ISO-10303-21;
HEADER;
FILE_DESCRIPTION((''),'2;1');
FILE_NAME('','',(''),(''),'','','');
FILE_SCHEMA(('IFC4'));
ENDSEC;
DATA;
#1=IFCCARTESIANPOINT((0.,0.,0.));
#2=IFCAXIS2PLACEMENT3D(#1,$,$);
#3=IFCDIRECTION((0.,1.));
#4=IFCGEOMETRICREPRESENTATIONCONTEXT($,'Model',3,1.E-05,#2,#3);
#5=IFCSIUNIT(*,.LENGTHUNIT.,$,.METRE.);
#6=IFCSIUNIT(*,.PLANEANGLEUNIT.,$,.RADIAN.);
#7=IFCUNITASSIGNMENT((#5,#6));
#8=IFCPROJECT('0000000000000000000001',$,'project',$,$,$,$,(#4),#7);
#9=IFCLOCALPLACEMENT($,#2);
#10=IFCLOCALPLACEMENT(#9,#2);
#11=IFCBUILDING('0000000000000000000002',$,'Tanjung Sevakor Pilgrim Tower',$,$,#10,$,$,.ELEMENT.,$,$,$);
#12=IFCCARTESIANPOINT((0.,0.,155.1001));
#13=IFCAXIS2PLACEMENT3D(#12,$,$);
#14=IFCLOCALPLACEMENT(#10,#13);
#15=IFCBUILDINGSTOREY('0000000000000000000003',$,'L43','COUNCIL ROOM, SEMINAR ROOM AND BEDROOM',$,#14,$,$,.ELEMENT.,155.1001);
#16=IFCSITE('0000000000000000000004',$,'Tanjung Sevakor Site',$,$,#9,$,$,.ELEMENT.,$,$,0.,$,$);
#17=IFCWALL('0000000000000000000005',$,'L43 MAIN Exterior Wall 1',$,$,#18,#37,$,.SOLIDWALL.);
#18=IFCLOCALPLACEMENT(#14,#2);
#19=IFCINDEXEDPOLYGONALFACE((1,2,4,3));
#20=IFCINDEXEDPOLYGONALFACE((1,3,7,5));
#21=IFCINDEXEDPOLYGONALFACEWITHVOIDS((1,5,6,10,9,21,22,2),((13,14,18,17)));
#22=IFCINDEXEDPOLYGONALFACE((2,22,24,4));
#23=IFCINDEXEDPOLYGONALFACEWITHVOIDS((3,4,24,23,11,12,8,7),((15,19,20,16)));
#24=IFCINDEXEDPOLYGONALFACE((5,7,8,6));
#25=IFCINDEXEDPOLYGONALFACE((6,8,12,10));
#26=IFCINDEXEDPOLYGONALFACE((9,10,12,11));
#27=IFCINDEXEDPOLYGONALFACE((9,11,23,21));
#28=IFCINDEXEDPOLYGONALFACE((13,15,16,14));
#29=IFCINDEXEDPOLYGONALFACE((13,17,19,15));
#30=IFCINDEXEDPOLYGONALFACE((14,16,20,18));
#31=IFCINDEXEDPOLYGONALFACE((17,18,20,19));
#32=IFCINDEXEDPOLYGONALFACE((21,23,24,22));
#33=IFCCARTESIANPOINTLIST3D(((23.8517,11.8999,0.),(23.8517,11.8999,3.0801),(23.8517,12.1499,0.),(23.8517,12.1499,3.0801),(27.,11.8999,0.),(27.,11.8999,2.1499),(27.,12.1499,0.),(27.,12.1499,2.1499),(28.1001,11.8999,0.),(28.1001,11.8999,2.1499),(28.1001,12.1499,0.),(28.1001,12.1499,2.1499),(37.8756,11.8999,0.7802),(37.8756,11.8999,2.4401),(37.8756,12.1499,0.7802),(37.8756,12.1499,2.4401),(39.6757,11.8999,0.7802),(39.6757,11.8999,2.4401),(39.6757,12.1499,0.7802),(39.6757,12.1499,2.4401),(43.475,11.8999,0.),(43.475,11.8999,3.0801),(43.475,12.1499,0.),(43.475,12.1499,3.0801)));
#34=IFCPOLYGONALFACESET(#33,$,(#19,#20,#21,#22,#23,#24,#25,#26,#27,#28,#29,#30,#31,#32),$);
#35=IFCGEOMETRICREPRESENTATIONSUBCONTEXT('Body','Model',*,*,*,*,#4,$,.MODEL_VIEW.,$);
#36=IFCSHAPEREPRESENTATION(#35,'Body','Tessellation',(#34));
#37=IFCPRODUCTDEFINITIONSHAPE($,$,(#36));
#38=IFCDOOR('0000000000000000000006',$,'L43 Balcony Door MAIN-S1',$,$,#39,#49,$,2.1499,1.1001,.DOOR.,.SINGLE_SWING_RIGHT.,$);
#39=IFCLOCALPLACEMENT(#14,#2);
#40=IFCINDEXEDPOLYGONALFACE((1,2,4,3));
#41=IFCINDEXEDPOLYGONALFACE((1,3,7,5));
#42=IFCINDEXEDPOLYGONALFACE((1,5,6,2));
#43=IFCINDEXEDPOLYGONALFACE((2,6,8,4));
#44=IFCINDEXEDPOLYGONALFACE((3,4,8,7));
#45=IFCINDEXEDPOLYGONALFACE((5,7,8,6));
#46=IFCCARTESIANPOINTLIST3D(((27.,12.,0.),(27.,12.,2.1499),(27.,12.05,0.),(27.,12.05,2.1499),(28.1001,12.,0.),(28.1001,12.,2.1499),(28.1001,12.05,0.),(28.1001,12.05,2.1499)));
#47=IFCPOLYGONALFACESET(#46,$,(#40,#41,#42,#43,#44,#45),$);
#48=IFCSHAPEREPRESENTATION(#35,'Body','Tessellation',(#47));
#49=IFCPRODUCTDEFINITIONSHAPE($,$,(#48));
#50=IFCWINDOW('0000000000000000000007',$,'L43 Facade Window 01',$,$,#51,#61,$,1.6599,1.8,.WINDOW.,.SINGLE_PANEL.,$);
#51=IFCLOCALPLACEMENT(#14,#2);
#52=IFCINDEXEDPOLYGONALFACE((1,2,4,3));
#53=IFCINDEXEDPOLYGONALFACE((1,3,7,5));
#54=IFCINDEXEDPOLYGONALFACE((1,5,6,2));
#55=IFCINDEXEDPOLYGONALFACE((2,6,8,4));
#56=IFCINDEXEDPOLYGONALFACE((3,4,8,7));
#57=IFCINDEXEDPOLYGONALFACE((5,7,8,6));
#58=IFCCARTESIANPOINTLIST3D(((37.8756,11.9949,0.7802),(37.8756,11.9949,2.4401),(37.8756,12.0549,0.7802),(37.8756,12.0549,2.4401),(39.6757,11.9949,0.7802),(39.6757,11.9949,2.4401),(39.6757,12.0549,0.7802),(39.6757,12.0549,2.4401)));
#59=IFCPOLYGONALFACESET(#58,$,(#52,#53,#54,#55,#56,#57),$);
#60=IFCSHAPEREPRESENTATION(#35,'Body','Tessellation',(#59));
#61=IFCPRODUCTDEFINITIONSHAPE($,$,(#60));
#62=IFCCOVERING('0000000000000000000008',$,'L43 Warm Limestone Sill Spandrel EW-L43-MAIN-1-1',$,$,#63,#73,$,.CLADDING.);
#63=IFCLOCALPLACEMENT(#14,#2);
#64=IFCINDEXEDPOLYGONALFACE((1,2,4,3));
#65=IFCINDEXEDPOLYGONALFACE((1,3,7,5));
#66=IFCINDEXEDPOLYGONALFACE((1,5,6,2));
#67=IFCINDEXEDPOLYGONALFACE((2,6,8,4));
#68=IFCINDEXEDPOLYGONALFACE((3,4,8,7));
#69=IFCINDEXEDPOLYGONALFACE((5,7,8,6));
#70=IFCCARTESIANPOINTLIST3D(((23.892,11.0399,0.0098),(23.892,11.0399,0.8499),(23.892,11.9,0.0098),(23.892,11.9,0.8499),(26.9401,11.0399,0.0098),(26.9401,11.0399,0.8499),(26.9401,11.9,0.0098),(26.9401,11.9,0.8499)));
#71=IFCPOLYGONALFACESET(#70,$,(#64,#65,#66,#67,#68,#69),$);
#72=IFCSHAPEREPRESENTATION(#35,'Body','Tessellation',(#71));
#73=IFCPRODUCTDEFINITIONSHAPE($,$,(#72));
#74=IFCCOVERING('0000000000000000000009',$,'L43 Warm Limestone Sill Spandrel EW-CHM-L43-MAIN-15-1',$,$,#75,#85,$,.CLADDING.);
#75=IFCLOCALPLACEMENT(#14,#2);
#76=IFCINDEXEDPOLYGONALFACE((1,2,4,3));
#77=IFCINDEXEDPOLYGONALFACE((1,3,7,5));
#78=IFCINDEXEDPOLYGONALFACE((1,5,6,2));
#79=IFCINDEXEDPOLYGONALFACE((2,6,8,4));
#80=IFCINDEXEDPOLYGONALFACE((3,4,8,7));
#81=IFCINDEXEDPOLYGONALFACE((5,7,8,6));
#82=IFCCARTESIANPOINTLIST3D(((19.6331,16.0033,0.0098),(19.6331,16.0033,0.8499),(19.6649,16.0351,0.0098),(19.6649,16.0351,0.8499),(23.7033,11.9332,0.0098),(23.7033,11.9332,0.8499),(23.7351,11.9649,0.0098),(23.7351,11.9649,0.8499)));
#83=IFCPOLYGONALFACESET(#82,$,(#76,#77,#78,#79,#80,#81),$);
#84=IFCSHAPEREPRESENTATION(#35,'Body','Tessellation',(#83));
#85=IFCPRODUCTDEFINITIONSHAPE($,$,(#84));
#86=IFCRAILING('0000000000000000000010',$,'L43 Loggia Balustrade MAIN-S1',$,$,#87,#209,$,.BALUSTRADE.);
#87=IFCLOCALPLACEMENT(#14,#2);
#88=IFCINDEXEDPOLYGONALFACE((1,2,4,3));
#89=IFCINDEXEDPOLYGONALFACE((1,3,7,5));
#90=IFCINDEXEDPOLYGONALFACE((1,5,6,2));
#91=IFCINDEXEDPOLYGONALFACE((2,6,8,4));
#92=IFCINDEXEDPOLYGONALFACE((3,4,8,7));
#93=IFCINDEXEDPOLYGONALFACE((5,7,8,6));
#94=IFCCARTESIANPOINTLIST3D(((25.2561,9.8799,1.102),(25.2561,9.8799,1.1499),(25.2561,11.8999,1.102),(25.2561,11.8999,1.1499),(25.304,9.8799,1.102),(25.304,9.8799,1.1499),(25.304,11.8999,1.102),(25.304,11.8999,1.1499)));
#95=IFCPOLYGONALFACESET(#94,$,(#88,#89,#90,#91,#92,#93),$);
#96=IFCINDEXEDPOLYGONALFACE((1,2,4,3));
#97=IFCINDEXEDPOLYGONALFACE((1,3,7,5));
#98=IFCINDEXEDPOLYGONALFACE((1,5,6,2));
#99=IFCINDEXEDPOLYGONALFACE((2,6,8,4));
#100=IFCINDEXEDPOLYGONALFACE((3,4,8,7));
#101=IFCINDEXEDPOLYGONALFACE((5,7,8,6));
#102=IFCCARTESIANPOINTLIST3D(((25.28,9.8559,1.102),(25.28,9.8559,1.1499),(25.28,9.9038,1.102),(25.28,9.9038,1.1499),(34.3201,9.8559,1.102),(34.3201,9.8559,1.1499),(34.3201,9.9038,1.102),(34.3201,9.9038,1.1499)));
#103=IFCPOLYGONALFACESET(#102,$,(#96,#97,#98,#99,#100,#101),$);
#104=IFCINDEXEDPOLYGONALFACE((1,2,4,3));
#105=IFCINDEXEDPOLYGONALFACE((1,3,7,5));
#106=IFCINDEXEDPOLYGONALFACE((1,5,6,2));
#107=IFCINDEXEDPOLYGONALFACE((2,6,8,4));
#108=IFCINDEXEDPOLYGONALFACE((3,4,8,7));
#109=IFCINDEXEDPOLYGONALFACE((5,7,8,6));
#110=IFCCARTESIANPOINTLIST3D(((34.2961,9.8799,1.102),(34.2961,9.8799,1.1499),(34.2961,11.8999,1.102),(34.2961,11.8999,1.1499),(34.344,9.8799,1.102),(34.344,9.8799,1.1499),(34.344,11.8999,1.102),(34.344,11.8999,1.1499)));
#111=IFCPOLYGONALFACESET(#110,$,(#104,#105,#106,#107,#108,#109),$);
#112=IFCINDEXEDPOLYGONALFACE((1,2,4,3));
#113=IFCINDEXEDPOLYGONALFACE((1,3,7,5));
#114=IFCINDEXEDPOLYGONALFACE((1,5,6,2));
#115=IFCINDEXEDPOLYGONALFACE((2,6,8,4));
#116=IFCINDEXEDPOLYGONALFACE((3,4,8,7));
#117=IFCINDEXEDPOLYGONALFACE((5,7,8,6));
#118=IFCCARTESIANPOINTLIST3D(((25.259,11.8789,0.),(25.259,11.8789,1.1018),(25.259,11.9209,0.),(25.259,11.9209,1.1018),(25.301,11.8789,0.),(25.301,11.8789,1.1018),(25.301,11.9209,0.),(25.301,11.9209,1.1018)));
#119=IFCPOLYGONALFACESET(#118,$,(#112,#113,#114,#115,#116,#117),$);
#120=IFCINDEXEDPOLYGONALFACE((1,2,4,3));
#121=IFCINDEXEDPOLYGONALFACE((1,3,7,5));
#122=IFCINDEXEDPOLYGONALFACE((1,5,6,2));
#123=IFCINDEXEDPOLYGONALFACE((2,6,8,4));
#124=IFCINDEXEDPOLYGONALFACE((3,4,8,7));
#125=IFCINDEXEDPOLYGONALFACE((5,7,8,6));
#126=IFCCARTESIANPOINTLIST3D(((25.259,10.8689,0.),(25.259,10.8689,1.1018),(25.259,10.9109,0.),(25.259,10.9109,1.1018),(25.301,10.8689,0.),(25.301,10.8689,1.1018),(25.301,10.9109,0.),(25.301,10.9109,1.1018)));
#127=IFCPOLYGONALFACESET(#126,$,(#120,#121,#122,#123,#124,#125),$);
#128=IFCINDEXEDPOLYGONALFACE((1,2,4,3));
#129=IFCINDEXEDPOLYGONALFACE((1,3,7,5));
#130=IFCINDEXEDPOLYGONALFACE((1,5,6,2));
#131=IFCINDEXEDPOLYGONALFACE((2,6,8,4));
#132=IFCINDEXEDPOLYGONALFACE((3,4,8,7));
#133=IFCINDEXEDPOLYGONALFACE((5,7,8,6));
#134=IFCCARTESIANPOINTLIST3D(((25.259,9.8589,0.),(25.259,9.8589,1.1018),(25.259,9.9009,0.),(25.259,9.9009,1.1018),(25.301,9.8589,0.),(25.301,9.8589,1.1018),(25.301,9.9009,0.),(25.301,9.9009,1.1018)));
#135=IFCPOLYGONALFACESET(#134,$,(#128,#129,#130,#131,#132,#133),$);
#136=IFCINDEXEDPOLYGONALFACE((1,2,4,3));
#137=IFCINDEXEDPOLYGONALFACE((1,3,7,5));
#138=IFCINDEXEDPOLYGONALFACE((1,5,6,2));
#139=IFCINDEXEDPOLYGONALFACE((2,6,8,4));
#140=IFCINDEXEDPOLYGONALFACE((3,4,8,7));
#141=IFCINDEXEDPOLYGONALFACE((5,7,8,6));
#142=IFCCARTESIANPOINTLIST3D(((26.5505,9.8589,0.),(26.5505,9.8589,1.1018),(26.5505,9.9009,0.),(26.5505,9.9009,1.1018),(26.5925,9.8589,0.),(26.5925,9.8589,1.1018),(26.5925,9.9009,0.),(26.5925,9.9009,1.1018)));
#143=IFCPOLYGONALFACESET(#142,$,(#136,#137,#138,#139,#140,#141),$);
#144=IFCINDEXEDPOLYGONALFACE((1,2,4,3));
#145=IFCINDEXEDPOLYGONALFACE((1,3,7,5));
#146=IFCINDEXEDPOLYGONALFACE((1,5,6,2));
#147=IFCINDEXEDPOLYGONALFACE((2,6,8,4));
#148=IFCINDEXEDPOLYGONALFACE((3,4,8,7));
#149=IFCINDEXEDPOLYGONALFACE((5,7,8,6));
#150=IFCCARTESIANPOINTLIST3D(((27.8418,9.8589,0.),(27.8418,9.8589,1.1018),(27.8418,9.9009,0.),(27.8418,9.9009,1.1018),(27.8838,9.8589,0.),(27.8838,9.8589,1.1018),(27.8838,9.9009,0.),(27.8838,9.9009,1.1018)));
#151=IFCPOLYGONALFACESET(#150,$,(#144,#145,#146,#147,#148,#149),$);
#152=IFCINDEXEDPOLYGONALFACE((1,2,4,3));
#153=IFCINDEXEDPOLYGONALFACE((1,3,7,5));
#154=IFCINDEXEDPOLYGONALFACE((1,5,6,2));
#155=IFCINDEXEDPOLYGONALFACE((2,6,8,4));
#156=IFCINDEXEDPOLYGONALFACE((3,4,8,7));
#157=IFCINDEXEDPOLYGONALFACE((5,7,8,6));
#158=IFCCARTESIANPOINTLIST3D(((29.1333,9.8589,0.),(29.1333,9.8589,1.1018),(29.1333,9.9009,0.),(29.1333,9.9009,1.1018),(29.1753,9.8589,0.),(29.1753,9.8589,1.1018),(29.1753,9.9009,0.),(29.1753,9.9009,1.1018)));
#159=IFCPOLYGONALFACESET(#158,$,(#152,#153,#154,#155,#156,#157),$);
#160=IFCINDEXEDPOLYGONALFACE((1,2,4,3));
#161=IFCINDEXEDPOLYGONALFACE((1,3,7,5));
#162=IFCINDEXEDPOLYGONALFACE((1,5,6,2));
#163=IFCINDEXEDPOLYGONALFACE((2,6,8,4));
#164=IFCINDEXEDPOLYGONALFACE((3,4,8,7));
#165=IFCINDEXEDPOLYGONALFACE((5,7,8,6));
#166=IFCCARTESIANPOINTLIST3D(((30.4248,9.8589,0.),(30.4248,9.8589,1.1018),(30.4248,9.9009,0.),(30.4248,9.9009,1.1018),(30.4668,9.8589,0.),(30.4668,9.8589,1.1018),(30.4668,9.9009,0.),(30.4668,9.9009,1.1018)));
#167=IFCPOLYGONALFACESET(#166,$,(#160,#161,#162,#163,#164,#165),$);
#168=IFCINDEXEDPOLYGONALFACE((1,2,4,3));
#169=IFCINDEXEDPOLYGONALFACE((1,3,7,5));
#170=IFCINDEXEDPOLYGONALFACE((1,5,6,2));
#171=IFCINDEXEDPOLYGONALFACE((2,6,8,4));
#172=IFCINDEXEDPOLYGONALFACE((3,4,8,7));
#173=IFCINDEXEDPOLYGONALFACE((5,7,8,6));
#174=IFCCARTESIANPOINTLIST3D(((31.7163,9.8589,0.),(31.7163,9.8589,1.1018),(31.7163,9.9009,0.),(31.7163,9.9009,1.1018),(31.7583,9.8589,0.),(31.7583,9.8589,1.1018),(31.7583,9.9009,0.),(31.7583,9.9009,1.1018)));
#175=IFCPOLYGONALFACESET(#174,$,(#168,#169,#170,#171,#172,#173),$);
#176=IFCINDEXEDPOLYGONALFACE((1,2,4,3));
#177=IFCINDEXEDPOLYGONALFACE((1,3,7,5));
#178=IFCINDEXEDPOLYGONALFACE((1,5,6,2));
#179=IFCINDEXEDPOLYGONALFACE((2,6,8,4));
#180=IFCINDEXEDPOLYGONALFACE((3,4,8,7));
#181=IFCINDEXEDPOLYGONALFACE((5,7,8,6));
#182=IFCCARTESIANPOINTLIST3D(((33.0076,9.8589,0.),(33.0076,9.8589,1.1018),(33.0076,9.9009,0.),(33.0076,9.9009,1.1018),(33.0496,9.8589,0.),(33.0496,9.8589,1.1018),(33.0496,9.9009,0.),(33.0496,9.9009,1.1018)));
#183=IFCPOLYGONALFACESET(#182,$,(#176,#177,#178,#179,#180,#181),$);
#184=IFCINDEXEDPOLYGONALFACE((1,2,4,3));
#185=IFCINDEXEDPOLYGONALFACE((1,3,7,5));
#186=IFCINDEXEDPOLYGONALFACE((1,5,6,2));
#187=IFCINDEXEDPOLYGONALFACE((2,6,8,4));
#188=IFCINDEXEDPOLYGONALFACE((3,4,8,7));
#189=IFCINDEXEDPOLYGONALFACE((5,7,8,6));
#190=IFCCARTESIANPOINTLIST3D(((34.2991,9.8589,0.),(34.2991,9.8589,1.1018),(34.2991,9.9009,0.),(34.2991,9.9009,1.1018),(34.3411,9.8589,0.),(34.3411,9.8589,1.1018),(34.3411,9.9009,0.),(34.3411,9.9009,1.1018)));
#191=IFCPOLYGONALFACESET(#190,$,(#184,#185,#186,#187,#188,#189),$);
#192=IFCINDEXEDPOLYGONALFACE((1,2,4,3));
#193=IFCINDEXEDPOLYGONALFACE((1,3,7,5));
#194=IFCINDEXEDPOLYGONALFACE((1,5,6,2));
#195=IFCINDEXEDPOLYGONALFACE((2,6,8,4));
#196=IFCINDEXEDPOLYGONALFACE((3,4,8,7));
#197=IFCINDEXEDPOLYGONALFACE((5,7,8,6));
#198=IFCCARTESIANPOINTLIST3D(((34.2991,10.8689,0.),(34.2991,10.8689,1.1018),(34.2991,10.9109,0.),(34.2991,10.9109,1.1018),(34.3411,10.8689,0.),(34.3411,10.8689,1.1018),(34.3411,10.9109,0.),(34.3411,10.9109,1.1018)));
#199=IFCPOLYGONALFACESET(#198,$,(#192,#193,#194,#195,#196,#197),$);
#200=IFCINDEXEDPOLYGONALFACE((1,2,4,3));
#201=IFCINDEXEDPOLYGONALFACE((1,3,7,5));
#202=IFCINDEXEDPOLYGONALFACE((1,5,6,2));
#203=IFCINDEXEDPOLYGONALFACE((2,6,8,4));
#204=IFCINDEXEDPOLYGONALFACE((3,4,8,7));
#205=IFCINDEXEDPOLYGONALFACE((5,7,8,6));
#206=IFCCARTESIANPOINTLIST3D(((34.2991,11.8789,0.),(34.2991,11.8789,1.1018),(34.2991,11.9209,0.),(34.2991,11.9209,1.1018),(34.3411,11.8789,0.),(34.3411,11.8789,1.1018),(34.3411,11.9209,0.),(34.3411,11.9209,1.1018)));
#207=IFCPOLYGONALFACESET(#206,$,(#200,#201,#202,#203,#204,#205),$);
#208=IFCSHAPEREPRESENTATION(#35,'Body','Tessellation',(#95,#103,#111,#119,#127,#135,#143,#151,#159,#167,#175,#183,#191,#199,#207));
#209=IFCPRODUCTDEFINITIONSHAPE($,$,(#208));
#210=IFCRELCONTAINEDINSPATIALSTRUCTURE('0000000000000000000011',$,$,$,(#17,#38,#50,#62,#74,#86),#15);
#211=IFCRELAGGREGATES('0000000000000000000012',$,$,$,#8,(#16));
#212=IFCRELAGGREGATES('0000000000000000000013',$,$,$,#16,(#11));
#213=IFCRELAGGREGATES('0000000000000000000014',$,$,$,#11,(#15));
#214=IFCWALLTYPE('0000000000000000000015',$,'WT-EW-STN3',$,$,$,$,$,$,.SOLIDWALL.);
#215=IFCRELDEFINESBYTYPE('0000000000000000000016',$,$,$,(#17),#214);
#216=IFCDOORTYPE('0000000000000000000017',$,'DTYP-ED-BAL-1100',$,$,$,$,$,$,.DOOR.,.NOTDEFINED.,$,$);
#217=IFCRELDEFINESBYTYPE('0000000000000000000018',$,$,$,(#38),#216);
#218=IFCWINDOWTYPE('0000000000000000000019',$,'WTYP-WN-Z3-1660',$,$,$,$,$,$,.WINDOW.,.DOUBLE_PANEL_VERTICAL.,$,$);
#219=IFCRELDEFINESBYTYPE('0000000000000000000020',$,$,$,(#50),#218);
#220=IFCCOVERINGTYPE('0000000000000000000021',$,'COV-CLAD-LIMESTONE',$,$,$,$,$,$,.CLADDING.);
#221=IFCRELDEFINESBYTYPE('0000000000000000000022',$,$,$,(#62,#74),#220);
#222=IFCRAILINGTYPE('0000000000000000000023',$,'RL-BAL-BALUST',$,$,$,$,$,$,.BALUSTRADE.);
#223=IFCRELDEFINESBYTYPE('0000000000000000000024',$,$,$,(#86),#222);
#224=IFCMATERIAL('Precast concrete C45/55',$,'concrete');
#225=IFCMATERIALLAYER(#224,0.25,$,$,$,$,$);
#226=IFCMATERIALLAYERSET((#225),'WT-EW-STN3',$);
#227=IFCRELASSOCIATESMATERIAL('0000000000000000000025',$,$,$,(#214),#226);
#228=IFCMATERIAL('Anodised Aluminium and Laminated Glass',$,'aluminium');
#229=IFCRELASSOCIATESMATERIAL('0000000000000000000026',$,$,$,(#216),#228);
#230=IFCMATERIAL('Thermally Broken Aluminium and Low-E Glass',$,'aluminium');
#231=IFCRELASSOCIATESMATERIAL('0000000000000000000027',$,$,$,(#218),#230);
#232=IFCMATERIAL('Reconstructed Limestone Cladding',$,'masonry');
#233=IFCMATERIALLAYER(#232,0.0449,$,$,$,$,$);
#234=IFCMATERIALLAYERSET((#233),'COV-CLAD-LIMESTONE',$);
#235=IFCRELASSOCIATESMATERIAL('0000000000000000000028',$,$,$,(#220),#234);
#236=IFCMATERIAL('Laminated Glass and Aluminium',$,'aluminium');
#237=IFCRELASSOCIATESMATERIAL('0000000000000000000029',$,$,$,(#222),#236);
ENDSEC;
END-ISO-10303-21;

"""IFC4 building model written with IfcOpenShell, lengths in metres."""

from ifc_helpers import new_model, si_unit, direction, frame, frame_2d, origin, origin_2d, place, context, subcontext, project, spatial, rectangle, extrude, material, layer, layer_set, type_object, element, fill, save


model = new_model("IFC4")

# Units and contexts
model_context = context("Model", 3, precision=1e-05, world=origin(), true_north=direction((0.0, 1.0)))
body_context = subcontext(model_context, "Body", "Model", "MODEL_VIEW")
ifc_project = project(units=[si_unit("LENGTHUNIT", "METRE"), si_unit("PLANEANGLEUNIT", "RADIAN")], contexts=[model_context])

# Site, building, storey
site_placement = place(None, origin())
site = spatial("IfcSite", under=ifc_project, at=site_placement, Name="Tanjung Sevakor Site", CompositionType="ELEMENT", RefElevation=0.0)
building_placement = place(site_placement, origin())
building = spatial("IfcBuilding", under=site, at=building_placement, Name="Tanjung Sevakor Pilgrim Tower", CompositionType="ELEMENT")
storey_placement = place(building_placement, frame((0.0, 0.0, 155.1001)))
storey = spatial("IfcBuildingStorey", under=building, at=storey_placement, Name="L43", Description="COUNCIL ROOM, SEMINAR ROOM AND BEDROOM", CompositionType="ELEMENT", Elevation=155.1001)

# Wall, openings, door, window
ifc_material_1 = material(Name="Precast concrete C45/55", Category="concrete")
ifc_layer_1 = layer(ifc_material_1, 0.25)
ifc_layer_set_1 = layer_set([ifc_layer_1], Name="WT-EW-STN3")
wall_type_1 = type_object("IfcWallType", Name="WT-EW-STN3", PredefinedType="SOLIDWALL", material=ifc_layer_set_1)
wall_1_placement = place(storey_placement, frame((23.8518, 12.0249, 0.0), z_axis=(0.0, 0.0, 1.0), x_axis=(1.0, 0.0, 0.0)))
wall_1 = element("IfcWall", 1, at=wall_1_placement, inside=storey, type_object=wall_type_1, Name="L43 MAIN Exterior Wall 1", PredefinedType="SOLIDWALL", context=body_context, shape_type="SweptSolid", body=[
    extrude(rectangle(XDim=19.6233, YDim=0.25, at=frame_2d((9.8115, 0.0))), origin(), (0.0, 0.0, 1.0), 3.0801),
])
opening_1_placement = place(wall_1_placement, frame((3.1482, 0.0, 0.0)))
opening_1 = element("IfcOpeningElement", 2, at=opening_1_placement, cuts=wall_1, PredefinedType="OPENING", context=body_context, shape_type="SweptSolid", body=[
    extrude(rectangle(XDim=1.1001, YDim=2.1499, at=frame_2d((0.55, 1.075))), frame((0.0, 0.135, 0.0), z_axis=(0.0, -1.0, 0.0), x_axis=(1.0, 0.0, 0.0)), (0.0, 0.0, 1.0), 0.27),
])
opening_2_placement = place(wall_1_placement, frame((14.0239, 0.0, 0.78)))
opening_2 = element("IfcOpeningElement", 3, at=opening_2_placement, cuts=wall_1, PredefinedType="OPENING", context=body_context, shape_type="SweptSolid", body=[
    extrude(rectangle(XDim=1.8, YDim=1.6599, at=frame_2d((0.8999, 0.8301))), frame((0.0, 0.135, 0.0), z_axis=(0.0, -1.0, 0.0), x_axis=(1.0, 0.0, 0.0)), (0.0, 0.0, 1.0), 0.27),
])
ifc_material_2 = material(Name="Anodised Aluminium and Laminated Glass", Category="aluminium")
door_type = type_object("IfcDoorType", Name="DTYP-ED-BAL-1100", OperationType="NOTDEFINED", PredefinedType="DOOR", material=ifc_material_2)
door_placement = place(opening_1_placement, frame((1.1001, 0.0, 0.0), z_axis=(0.0, 0.0, 1.0), x_axis=(-1.0, 0.0, 0.0)))
door = element("IfcDoor", 4, at=door_placement, inside=storey, type_object=door_type, Name="L43 Balcony Door MAIN-S1", OperationType="SINGLE_SWING_RIGHT", OverallHeight=2.1499, OverallWidth=1.1001, PredefinedType="DOOR", context=body_context, shape_type="SweptSolid", body=[
    extrude(rectangle(XDim=1.1001, YDim=2.1499, at=frame_2d((0.55, 1.075))), frame((0.0, 0.0249, 0.0), z_axis=(0.0, -1.0, 0.0), x_axis=(1.0, 0.0, 0.0)), (0.0, 0.0, 1.0), 0.05),
])
fill(opening_1, door)
ifc_material_3 = material(Name="Thermally Broken Aluminium and Low-E Glass", Category="aluminium")
window_type = type_object("IfcWindowType", Name="WTYP-WN-Z3-1660", PartitioningType="DOUBLE_PANEL_VERTICAL", PredefinedType="WINDOW", material=ifc_material_3)
window_placement = place(opening_2_placement, origin())
window = element("IfcWindow", 5, at=window_placement, inside=storey, type_object=window_type, Name="L43 Facade Window 01", OverallHeight=1.6599, OverallWidth=1.8, PartitioningType="SINGLE_PANEL", PredefinedType="WINDOW", context=body_context, shape_type="SweptSolid", body=[
    extrude(rectangle(XDim=1.8, YDim=1.6599, at=frame_2d((0.8999, 0.8301))), frame((0.0, 0.03, 0.0), z_axis=(0.0, -1.0, 0.0), x_axis=(1.0, 0.0, 0.0)), (0.0, 0.0, 1.0), 0.0601),
])
fill(opening_2, window)

# Coverings
ifc_material_4 = material(Name="Reconstructed Limestone Cladding", Category="masonry")
ifc_layer_2 = layer(ifc_material_4, 0.0449)
ifc_layer_set_2 = layer_set([ifc_layer_2], Name="COV-CLAD-LIMESTONE")
covering_type = type_object("IfcCoveringType", Name="COV-CLAD-LIMESTONE", PredefinedType="CLADDING", material=ifc_layer_set_2)
covering_1_placement = place(storey_placement, frame((25.416, 11.47, 0.0098), z_axis=(0.0, 0.0, 1.0), x_axis=(1.0, 0.0, 0.0)))
element("IfcCovering", 6, at=covering_1_placement, inside=storey, type_object=covering_type, Name="L43 Warm Limestone Sill Spandrel EW-L43-MAIN-1-1", PredefinedType="CLADDING", context=body_context, shape_type="SweptSolid", body=[
    extrude(rectangle(XDim=3.0481, YDim=0.8601, at=origin_2d()), origin(), (0.0, 0.0, 1.0), 0.8401),
])
covering_2_placement = place(storey_placement, frame((21.6841, 13.9841, 0.0098), z_axis=(0.0, 0.0, 1.0), x_axis=(0.707107, -0.707107, 0.0)))
element("IfcCovering", 7, at=covering_2_placement, inside=storey, type_object=covering_type, Name="L43 Warm Limestone Sill Spandrel EW-CHM-L43-MAIN-15-1", PredefinedType="CLADDING", context=body_context, shape_type="SweptSolid", body=[
    extrude(rectangle(XDim=5.7561, YDim=0.0449, at=origin_2d()), origin(), (0.0, 0.0, 1.0), 0.8401),
])

# Railing
ifc_material_5 = material(Name="Laminated Glass and Aluminium", Category="aluminium")
railing_type = type_object("IfcRailingType", Name="RL-BAL-BALUST", PredefinedType="BALUSTRADE", material=ifc_material_5)
railing_placement = place(storey_placement, frame((25.28, 11.8999, 0.0)))
element("IfcRailing", 8, at=railing_placement, inside=storey, type_object=railing_type, Name="L43 Loggia Balustrade MAIN-S1", PredefinedType="BALUSTRADE", context=body_context, shape_type="SweptSolid", body=[
    extrude(rectangle(XDim=0.0479, YDim=0.0479), frame((0.0, 0.0, 1.126), z_axis=(0.0, -1.0, 0.0), x_axis=(1.0, 0.0, 0.0)), (0.0, 0.0, 1.0), 2.02),
    extrude(rectangle(XDim=0.0479, YDim=0.0479), frame((0.0, -2.02, 1.126), z_axis=(1.0, 0.0, 0.0), x_axis=(0.0, 1.0, 0.0)), (0.0, 0.0, 1.0), 9.04),
    extrude(rectangle(XDim=0.0479, YDim=0.0479), frame((9.04, -2.02, 1.126), z_axis=(0.0, 1.0, 0.0), x_axis=(-1.0, 0.0, 0.0)), (0.0, 0.0, 1.0), 2.02),
    extrude(rectangle(XDim=0.042, YDim=0.042), origin(), (0.0, 0.0, 1.0), 1.1018),
    extrude(rectangle(XDim=0.042, YDim=0.042), frame((0.0, -1.01, 0.0)), (0.0, 0.0, 1.0), 1.1018),
    extrude(rectangle(XDim=0.042, YDim=0.042), frame((0.0, -2.02, 0.0)), (0.0, 0.0, 1.0), 1.1018),
    extrude(rectangle(XDim=0.042, YDim=0.042), frame((1.2915, -2.02, 0.0)), (0.0, 0.0, 1.0), 1.1018),
    extrude(rectangle(XDim=0.042, YDim=0.042), frame((2.5828, -2.02, 0.0)), (0.0, 0.0, 1.0), 1.1018),
    extrude(rectangle(XDim=0.042, YDim=0.042), frame((3.8743, -2.02, 0.0)), (0.0, 0.0, 1.0), 1.1018),
    extrude(rectangle(XDim=0.042, YDim=0.042), frame((5.1658, -2.02, 0.0)), (0.0, 0.0, 1.0), 1.1018),
    extrude(rectangle(XDim=0.042, YDim=0.042), frame((6.4573, -2.02, 0.0)), (0.0, 0.0, 1.0), 1.1018),
    extrude(rectangle(XDim=0.042, YDim=0.042), frame((7.7485, -2.02, 0.0)), (0.0, 0.0, 1.0), 1.1018),
    extrude(rectangle(XDim=0.042, YDim=0.042), frame((9.04, -2.02, 0.0)), (0.0, 0.0, 1.0), 1.1018),
    extrude(rectangle(XDim=0.042, YDim=0.042), frame((9.04, -1.01, 0.0)), (0.0, 0.0, 1.0), 1.1018),
    extrude(rectangle(XDim=0.042, YDim=0.042), frame((9.04, 0.0, 0.0)), (0.0, 0.0, 1.0), 1.1018),
])

save(model, "model.ifc")
